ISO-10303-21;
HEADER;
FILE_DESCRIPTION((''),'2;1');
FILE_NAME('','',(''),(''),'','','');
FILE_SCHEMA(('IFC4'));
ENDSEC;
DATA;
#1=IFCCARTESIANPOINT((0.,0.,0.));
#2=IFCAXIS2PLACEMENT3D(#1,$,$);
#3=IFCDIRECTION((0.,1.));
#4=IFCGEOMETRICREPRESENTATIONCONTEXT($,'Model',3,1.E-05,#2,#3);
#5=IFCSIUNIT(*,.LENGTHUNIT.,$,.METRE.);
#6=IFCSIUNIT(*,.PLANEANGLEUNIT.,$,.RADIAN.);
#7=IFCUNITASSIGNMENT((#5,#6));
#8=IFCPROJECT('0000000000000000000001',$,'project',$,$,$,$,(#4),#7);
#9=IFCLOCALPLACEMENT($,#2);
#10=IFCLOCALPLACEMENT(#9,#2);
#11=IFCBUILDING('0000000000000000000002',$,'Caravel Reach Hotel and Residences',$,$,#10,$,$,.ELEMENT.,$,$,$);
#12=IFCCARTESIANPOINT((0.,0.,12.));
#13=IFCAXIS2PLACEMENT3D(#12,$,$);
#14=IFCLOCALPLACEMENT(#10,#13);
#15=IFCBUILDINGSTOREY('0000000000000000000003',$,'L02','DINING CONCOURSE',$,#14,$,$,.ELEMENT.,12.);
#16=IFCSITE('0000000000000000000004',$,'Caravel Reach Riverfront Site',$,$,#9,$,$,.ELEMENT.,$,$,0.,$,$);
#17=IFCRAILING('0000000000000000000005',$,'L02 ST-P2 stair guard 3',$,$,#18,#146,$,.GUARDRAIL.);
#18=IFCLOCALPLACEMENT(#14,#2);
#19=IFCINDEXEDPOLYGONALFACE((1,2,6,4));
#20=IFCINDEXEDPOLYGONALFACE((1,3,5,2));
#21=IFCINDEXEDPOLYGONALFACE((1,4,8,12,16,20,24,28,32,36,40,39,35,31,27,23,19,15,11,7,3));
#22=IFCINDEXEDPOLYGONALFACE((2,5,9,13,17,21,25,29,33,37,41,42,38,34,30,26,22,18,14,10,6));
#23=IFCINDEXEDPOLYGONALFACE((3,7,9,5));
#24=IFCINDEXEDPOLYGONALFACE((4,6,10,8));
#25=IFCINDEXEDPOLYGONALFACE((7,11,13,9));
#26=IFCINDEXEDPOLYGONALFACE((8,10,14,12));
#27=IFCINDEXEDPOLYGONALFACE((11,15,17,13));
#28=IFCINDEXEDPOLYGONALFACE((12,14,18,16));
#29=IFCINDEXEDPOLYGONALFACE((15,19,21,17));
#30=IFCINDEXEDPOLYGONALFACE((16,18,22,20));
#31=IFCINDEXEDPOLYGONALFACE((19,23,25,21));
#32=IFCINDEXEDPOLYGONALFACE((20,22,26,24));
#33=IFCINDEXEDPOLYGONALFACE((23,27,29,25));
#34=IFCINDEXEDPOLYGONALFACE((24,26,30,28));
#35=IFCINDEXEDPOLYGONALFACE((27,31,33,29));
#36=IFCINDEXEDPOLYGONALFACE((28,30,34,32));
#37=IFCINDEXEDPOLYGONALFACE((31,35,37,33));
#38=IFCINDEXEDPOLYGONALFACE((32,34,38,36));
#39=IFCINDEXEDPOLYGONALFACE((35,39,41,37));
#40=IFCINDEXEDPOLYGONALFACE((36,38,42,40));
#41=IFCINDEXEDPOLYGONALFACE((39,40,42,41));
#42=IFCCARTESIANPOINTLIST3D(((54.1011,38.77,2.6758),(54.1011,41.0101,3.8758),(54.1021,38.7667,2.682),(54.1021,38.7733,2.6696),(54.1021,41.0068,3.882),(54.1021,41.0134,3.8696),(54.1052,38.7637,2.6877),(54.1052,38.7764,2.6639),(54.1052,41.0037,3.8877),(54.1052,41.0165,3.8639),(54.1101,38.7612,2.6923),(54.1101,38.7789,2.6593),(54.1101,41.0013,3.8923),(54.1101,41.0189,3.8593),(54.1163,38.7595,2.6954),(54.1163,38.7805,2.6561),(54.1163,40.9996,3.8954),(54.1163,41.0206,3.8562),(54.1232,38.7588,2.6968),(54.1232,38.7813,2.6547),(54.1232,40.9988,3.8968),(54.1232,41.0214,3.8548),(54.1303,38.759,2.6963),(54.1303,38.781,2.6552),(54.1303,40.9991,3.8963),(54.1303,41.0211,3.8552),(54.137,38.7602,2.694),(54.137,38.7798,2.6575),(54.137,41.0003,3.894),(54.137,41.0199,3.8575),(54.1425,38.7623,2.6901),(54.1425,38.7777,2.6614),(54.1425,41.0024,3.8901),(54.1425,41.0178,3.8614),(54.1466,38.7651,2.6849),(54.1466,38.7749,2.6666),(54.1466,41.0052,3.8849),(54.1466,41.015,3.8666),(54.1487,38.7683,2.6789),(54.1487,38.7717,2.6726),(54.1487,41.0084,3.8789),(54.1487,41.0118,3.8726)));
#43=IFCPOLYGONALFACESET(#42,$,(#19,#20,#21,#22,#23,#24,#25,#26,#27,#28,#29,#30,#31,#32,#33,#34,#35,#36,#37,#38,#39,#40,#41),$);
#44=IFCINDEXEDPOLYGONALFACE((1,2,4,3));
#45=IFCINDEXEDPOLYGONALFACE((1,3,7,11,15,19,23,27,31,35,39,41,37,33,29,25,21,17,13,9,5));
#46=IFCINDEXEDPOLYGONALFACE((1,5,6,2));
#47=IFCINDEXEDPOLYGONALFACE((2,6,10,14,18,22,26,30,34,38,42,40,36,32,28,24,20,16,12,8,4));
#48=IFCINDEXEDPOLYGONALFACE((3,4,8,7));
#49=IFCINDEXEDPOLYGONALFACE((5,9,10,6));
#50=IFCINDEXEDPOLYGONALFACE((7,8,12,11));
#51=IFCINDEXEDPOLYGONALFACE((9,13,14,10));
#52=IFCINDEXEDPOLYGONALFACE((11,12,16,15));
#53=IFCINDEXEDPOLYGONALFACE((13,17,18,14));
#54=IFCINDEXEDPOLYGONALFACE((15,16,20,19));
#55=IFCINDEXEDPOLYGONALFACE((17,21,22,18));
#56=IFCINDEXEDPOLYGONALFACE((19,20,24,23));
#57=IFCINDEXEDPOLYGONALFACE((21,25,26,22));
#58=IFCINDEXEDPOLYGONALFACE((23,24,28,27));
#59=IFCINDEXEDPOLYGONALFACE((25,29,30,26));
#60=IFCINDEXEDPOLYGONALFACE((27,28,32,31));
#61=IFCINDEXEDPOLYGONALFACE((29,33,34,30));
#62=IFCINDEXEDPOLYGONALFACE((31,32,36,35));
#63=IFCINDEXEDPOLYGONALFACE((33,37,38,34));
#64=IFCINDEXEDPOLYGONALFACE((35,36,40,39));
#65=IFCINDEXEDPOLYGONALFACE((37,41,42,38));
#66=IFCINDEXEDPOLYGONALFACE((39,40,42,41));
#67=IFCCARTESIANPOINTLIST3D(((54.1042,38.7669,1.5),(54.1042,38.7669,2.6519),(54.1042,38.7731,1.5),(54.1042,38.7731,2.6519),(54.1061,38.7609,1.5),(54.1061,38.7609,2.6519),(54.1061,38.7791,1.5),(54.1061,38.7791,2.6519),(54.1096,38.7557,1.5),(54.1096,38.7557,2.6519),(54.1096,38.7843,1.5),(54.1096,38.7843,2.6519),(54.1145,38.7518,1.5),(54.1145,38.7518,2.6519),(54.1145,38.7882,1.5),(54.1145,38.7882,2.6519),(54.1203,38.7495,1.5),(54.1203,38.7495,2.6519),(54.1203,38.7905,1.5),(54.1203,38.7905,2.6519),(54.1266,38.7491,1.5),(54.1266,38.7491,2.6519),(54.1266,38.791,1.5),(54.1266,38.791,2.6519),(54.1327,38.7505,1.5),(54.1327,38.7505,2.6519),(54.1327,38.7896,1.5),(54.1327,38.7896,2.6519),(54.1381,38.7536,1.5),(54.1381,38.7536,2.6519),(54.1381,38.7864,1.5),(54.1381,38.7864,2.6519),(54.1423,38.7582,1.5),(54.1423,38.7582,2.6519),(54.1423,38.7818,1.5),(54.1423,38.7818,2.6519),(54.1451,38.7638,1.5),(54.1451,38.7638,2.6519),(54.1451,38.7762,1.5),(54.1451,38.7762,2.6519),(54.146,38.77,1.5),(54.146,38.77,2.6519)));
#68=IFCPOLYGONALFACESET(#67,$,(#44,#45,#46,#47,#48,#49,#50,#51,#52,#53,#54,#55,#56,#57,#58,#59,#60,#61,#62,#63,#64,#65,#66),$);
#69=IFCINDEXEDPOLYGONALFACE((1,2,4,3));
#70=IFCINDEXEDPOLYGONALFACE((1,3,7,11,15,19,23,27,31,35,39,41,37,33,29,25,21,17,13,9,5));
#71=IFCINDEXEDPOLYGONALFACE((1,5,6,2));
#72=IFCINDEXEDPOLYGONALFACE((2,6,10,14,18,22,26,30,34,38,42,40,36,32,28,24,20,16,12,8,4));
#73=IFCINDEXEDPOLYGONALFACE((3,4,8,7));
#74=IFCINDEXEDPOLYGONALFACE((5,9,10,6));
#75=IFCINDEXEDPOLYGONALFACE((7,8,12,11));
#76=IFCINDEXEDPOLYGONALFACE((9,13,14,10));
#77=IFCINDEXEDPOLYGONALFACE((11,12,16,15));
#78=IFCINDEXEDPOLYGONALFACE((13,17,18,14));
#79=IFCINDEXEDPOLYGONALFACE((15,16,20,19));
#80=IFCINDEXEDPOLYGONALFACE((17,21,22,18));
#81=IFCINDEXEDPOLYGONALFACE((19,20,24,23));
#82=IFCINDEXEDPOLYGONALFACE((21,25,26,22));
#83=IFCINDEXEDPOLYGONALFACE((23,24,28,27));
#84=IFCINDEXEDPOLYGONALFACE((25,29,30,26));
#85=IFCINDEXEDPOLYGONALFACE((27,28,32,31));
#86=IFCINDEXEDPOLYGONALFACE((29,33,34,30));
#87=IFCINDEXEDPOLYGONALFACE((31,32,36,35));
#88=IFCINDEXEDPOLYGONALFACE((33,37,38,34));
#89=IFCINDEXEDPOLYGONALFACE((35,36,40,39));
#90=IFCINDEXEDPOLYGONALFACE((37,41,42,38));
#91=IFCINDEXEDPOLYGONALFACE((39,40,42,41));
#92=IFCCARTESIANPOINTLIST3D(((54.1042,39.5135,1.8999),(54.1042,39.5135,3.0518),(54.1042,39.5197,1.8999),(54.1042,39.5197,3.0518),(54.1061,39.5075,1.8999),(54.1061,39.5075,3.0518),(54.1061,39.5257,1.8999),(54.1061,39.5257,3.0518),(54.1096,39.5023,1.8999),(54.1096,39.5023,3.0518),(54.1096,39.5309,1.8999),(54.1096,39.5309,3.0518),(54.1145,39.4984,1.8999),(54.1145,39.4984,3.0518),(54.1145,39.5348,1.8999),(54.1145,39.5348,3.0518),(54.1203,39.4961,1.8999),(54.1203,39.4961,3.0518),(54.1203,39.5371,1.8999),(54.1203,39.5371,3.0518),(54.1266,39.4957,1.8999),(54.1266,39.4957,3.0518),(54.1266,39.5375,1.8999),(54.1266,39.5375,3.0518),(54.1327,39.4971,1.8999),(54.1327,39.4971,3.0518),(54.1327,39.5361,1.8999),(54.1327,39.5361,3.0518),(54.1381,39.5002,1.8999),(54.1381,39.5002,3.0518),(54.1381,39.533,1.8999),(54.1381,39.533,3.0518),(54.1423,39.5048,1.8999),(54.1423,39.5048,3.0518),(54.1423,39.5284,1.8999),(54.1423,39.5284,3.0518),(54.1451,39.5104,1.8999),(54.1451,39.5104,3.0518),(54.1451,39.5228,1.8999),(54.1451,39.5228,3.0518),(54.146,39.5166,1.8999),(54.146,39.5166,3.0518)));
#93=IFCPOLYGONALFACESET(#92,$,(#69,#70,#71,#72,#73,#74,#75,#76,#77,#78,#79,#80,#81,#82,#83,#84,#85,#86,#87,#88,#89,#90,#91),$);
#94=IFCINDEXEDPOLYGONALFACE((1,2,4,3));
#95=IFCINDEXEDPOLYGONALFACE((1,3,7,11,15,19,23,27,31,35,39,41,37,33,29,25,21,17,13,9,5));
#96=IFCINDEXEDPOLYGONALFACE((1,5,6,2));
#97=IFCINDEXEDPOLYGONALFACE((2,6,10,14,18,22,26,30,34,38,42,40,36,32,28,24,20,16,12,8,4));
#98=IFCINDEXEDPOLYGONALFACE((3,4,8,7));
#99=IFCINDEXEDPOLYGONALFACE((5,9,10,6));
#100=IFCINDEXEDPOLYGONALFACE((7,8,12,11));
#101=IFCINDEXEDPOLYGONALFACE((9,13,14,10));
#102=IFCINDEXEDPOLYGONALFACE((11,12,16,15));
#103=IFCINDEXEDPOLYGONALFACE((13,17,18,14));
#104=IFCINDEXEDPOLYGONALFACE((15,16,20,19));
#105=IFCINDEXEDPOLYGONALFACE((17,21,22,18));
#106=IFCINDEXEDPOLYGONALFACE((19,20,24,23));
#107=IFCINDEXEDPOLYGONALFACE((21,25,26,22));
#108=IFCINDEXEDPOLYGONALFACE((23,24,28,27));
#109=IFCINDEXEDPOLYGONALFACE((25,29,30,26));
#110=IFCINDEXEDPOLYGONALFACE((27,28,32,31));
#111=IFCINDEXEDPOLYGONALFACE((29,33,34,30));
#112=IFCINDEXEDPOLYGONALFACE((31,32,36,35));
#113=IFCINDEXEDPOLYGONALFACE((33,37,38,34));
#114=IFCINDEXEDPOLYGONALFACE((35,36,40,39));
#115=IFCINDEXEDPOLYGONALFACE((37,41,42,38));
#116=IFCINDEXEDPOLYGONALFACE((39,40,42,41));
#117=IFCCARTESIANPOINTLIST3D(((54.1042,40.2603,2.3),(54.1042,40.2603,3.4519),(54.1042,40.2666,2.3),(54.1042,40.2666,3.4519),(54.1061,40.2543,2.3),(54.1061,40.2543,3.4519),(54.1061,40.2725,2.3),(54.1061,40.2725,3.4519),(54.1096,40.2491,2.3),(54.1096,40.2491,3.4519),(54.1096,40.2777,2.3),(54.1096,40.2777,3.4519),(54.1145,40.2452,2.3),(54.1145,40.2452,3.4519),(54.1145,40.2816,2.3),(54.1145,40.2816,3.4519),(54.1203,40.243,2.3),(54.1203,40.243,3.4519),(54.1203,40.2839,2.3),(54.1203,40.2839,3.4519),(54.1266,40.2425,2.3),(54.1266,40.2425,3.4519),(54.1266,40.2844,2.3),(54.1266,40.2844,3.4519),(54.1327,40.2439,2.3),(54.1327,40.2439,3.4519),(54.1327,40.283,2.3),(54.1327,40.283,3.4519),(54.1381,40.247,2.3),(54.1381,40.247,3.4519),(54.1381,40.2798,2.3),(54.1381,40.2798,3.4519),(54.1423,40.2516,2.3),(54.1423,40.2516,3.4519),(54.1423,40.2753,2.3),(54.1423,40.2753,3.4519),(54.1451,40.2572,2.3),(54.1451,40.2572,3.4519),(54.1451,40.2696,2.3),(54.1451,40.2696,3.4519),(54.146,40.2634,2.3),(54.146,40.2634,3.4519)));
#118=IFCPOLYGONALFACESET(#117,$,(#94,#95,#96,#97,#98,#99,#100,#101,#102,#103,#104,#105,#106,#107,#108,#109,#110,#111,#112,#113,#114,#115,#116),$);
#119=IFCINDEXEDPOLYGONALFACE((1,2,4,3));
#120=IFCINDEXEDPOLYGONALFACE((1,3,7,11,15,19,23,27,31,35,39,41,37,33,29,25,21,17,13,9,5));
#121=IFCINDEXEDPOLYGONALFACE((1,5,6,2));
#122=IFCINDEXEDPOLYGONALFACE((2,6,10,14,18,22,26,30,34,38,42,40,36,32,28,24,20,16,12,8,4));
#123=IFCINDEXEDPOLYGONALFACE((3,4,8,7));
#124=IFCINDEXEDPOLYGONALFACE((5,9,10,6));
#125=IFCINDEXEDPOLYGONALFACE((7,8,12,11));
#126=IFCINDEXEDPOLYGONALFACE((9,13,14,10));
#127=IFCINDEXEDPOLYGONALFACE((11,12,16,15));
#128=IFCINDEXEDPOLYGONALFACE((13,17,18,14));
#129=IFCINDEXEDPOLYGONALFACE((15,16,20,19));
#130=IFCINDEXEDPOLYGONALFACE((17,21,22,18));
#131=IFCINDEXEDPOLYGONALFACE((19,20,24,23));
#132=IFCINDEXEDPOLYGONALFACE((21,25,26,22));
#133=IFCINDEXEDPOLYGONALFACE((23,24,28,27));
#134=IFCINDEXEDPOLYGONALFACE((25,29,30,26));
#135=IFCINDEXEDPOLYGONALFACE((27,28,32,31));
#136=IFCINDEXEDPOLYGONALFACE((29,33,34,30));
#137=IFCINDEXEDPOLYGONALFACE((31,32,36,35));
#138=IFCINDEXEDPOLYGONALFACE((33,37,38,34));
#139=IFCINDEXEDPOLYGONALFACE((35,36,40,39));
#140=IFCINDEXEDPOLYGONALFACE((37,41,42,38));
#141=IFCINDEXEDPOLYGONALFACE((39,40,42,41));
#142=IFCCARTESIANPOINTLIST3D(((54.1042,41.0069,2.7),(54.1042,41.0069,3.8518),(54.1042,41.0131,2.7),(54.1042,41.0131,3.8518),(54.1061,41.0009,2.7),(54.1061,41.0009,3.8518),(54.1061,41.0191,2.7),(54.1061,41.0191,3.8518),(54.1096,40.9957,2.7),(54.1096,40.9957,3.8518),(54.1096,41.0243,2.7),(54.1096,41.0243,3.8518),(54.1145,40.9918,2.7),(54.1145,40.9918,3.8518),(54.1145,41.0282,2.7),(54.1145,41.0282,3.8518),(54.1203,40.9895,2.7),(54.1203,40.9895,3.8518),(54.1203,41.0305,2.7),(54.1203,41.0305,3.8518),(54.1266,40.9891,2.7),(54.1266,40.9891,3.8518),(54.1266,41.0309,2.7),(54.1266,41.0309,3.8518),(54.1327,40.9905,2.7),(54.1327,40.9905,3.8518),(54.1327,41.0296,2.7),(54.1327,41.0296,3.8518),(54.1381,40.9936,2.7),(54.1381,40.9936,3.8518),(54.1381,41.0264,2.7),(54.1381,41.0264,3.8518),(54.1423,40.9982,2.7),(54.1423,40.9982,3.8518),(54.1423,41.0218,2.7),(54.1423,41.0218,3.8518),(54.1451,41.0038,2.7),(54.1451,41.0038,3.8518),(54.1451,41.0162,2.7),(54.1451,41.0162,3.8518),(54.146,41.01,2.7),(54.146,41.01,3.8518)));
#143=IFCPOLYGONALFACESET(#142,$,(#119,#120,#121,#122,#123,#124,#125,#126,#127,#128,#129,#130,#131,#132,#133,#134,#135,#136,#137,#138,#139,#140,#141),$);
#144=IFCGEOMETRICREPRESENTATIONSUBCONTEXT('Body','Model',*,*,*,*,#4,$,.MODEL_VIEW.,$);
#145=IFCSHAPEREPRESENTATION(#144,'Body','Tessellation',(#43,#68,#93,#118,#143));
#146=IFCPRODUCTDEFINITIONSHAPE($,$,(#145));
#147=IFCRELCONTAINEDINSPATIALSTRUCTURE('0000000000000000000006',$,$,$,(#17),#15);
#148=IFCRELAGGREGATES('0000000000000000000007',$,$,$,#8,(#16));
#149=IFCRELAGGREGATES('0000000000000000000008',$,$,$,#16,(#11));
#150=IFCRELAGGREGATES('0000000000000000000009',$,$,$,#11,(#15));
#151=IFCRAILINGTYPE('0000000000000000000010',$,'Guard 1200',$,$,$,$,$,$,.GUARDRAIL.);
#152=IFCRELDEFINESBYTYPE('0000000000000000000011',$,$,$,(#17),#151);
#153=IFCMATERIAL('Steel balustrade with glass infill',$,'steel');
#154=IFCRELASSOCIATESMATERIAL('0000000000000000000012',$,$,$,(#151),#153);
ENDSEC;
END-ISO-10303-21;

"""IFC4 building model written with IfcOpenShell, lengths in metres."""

from ifc_helpers import new_model, si_unit, direction, frame, origin, origin_2d, place, context, subcontext, project, spatial, circle, extrude, material, type_object, element, save


model = new_model("IFC4")

# Units and contexts
model_context = context("Model", 3, precision=1e-05, world=origin(), true_north=direction((0.0, 1.0)))
body_context = subcontext(model_context, "Body", "Model", "MODEL_VIEW")
ifc_project = project(units=[si_unit("LENGTHUNIT", "METRE"), si_unit("PLANEANGLEUNIT", "RADIAN")], contexts=[model_context])

# Site, building, storey
site_placement = place(None, origin())
site = spatial("IfcSite", under=ifc_project, at=site_placement, Name="Caravel Reach Riverfront Site", CompositionType="ELEMENT", RefElevation=0.0)
building_placement = place(site_placement, origin())
building = spatial("IfcBuilding", under=site, at=building_placement, Name="Caravel Reach Hotel and Residences", CompositionType="ELEMENT")
storey_placement = place(building_placement, frame((0.0, 0.0, 12.0)))
storey = spatial("IfcBuildingStorey", under=building, at=storey_placement, Name="L02", Description="DINING CONCOURSE", CompositionType="ELEMENT", Elevation=12.0)

# Railing
ifc_material_1 = material(Name="Steel balustrade with glass infill", Category="steel")
railing_type_1 = type_object("IfcRailingType", Name="Guard 1200", PredefinedType="GUARDRAIL", material=ifc_material_1)
railing_1_placement = place(storey_placement, frame((54.125, 38.77, 1.5)))
element("IfcRailing", 1, at=railing_1_placement, inside=storey, type_object=railing_type_1, Name="L02 ST-P2 stair guard 3", PredefinedType="GUARDRAIL", context=body_context, shape_type="SweptSolid", body=[
    extrude(circle(Radius=0.0239, at=origin_2d()), frame((0.0, 0.0, 1.1758), z_axis=(0.0, 0.881487, 0.472208), x_axis=(-1.0, 0.0, 0.0)), (0.0, 0.0, 1.0), 2.5413),
    extrude(circle(Radius=0.021, at=origin_2d()), origin(), (0.0, 0.0, 1.0), 1.1519),
    extrude(circle(Radius=0.021, at=origin_2d()), frame((0.0, 0.7466, 0.3999)), (0.0, 0.0, 1.0), 1.1519),
    extrude(circle(Radius=0.021, at=origin_2d()), frame((0.0, 1.4934, 0.8)), (0.0, 0.0, 1.0), 1.1519),
    extrude(circle(Radius=0.021, at=origin_2d()), frame((0.0, 2.24, 1.2)), (0.0, 0.0, 1.0), 1.1519),
])

save(model, "model.ifc")
